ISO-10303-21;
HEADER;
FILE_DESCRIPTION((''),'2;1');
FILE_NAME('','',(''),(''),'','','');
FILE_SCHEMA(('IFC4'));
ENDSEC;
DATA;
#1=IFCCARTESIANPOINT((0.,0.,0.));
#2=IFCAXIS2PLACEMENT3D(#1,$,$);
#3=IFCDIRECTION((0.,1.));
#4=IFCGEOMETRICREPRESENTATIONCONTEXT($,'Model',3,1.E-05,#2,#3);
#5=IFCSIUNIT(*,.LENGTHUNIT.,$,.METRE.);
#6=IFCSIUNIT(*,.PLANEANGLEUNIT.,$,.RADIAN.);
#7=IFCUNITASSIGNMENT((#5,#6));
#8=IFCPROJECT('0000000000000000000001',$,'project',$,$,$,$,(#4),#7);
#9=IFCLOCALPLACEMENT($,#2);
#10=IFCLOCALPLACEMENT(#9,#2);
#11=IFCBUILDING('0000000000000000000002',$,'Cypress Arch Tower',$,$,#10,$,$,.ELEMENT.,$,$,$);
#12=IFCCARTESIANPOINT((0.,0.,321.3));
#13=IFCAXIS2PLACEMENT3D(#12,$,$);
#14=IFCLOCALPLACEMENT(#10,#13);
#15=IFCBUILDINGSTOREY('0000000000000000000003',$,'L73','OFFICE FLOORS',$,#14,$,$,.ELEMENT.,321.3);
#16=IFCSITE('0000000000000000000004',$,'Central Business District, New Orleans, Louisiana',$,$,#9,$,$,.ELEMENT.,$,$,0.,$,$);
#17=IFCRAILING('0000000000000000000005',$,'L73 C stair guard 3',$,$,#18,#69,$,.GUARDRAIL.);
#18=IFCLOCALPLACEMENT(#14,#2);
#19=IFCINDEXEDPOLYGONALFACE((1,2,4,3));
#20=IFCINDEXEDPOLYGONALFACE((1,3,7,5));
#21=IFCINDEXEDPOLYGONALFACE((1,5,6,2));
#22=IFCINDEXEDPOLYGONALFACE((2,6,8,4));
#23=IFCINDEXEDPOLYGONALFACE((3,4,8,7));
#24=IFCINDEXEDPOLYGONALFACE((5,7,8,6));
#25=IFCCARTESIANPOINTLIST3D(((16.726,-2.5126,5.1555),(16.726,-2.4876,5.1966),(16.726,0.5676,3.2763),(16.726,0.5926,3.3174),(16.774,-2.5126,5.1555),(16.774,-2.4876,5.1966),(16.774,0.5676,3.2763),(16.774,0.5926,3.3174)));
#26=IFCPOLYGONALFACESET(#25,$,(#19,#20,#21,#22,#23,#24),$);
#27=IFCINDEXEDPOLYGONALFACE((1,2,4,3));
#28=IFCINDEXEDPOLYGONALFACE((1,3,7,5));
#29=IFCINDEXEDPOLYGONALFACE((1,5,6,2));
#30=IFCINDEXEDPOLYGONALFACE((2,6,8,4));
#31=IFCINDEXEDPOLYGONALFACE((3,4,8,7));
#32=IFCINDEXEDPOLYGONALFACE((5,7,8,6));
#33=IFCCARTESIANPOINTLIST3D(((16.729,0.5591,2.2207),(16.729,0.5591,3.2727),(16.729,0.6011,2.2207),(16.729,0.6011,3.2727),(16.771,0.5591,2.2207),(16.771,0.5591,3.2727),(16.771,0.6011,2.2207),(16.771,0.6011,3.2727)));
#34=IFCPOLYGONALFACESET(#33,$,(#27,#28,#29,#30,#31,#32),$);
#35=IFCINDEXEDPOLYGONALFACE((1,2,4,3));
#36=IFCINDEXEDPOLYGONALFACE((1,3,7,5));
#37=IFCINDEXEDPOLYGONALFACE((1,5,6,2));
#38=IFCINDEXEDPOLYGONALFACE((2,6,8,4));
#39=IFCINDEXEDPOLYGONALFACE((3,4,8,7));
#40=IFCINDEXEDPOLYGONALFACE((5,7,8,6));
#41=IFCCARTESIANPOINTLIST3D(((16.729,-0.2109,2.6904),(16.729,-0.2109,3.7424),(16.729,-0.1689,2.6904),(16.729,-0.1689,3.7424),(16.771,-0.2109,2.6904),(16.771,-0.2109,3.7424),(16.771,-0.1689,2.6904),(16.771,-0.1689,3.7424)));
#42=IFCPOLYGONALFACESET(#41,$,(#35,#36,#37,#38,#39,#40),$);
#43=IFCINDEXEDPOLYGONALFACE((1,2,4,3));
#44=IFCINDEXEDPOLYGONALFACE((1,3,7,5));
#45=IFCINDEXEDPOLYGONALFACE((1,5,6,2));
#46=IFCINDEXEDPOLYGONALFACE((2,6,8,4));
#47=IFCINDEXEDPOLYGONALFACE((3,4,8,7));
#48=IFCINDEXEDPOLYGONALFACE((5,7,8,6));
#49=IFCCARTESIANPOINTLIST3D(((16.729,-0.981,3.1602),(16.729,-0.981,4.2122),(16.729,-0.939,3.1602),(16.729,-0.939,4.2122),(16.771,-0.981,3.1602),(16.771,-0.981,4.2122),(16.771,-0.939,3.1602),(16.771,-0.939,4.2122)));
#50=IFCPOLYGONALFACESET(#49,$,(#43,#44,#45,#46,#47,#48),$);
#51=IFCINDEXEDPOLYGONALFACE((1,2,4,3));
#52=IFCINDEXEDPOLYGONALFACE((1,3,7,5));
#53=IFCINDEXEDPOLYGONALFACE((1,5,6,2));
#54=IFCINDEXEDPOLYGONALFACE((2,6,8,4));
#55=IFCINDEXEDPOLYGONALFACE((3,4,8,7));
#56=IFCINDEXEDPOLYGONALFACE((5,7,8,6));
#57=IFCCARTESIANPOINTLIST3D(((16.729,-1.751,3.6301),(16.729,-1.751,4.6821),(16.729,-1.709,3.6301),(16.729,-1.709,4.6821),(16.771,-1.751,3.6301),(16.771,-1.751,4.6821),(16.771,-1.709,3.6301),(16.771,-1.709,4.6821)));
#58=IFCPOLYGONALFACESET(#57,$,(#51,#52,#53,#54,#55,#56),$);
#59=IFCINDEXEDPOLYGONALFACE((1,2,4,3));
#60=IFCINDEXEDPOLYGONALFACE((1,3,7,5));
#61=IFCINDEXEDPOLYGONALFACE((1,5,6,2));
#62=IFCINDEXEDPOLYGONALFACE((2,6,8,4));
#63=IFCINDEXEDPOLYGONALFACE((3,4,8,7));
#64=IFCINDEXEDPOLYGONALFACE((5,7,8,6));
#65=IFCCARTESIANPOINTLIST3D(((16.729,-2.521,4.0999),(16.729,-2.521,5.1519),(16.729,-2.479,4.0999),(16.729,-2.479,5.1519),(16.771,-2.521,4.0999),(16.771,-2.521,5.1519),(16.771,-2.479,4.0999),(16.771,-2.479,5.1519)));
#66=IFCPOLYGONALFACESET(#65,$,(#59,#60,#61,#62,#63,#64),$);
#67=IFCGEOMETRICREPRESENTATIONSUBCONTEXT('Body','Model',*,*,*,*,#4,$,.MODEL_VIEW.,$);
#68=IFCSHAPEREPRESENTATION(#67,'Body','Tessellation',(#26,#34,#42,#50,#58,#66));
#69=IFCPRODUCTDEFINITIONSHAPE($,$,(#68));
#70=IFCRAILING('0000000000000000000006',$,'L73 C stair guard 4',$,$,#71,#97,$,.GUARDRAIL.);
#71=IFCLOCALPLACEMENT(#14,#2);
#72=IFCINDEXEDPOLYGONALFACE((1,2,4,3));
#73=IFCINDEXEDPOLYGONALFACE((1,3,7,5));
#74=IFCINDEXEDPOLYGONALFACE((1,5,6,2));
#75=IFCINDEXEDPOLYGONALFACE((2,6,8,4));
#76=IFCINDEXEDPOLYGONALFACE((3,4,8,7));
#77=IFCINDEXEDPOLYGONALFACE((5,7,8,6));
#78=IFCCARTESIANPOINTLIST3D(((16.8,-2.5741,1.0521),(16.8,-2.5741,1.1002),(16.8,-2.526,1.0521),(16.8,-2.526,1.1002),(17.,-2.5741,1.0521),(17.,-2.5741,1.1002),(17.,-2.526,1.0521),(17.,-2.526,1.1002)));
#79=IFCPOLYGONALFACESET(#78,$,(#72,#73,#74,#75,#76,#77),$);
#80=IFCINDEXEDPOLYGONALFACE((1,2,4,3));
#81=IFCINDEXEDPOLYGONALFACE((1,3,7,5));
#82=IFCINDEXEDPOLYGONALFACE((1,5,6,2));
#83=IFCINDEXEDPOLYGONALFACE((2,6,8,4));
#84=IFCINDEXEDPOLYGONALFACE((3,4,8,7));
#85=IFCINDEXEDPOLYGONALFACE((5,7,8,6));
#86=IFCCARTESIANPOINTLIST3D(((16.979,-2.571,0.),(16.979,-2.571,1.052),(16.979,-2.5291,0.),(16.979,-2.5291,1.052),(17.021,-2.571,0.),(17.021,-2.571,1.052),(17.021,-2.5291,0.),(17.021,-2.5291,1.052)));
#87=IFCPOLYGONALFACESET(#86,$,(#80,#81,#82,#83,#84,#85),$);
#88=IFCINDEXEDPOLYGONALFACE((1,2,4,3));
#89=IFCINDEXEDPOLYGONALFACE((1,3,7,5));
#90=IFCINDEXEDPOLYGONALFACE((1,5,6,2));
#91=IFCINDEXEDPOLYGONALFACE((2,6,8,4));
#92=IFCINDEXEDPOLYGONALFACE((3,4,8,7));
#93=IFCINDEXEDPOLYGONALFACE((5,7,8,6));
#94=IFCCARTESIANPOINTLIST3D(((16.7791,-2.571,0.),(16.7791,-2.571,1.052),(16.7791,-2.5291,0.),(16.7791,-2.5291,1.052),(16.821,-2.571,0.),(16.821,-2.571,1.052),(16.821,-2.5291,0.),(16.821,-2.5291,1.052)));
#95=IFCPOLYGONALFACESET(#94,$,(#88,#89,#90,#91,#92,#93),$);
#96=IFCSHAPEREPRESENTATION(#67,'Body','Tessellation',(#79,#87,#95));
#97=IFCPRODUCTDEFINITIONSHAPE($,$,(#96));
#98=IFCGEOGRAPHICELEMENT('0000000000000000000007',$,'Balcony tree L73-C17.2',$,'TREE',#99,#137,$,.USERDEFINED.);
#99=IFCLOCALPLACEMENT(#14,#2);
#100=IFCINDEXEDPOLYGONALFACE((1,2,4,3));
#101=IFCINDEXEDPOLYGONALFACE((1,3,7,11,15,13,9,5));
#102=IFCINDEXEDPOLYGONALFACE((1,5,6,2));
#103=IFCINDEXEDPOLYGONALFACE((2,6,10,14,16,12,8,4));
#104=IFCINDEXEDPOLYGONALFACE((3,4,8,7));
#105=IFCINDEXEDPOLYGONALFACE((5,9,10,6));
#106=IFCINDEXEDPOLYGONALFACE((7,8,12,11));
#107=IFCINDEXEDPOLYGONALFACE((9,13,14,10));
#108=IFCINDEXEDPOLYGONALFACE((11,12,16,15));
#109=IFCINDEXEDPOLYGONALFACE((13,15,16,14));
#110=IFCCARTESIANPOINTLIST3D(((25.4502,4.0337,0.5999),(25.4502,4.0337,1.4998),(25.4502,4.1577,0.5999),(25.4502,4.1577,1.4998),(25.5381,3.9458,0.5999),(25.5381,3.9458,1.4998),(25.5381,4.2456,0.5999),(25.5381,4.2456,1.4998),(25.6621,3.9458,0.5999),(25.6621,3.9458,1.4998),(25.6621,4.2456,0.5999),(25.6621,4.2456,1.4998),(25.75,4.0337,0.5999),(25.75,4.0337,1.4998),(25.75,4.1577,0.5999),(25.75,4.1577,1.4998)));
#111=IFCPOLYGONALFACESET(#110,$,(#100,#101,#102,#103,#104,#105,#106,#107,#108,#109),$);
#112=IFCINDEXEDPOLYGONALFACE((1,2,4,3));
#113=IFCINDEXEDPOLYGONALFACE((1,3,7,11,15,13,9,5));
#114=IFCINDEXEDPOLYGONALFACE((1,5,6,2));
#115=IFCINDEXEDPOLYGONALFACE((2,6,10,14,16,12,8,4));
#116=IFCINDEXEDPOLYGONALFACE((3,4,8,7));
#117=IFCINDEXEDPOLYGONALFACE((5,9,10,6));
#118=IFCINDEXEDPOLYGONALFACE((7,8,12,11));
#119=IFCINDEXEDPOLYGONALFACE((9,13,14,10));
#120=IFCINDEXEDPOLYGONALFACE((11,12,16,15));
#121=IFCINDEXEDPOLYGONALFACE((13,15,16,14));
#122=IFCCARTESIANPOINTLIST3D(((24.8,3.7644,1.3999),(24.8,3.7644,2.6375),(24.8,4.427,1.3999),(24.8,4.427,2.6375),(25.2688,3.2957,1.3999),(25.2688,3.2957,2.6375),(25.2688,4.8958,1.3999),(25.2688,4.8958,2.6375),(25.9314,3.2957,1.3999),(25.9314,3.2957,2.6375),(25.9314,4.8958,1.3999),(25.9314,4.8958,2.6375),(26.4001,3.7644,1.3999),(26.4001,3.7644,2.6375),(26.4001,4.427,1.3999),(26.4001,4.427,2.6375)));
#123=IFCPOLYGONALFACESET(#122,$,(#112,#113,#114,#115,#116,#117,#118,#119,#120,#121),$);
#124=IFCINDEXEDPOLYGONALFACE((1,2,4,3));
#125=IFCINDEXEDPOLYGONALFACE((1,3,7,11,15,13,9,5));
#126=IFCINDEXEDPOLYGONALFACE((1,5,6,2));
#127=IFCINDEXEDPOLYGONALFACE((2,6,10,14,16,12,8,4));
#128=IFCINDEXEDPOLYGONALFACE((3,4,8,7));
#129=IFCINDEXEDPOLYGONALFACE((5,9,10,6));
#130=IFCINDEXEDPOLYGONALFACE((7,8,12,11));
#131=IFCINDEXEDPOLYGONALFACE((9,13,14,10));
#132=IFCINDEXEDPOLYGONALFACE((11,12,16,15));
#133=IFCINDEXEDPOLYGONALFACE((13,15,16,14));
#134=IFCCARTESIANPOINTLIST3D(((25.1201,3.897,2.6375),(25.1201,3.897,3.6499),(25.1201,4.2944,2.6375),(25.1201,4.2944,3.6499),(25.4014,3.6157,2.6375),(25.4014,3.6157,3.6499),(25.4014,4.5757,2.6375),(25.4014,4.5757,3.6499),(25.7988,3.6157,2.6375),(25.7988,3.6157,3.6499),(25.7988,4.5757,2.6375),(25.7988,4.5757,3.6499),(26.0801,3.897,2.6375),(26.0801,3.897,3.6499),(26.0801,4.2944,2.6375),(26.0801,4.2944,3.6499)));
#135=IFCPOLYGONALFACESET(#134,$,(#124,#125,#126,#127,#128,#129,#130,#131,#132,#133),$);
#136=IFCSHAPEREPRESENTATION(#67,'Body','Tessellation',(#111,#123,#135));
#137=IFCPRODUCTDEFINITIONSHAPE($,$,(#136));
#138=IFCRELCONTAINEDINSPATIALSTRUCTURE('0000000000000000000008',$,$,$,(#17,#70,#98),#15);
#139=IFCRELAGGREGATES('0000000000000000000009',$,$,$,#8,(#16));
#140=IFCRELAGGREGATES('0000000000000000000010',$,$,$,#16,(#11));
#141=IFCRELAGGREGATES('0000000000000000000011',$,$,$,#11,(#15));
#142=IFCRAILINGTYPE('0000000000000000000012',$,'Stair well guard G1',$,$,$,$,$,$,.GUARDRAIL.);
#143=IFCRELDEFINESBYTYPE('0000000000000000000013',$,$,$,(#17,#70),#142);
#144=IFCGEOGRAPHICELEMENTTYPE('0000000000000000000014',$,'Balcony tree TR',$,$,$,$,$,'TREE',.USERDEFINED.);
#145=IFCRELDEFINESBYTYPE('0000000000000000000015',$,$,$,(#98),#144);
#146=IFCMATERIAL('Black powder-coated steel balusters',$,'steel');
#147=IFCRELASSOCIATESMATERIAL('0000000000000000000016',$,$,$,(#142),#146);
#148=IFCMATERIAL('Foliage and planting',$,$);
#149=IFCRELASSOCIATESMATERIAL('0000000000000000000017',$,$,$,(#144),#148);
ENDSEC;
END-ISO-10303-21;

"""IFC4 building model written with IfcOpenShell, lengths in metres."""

from ifc_helpers import new_model, si_unit, direction, frame, origin, origin_2d, place, context, subcontext, project, spatial, polyline, rectangle, outline, extrude, material, type_object, element, save


model = new_model("IFC4")

# Units and contexts
model_context = context("Model", 3, precision=1e-05, world=origin(), true_north=direction((0.0, 1.0)))
body_context = subcontext(model_context, "Body", "Model", "MODEL_VIEW")
ifc_project = project(units=[si_unit("LENGTHUNIT", "METRE"), si_unit("PLANEANGLEUNIT", "RADIAN")], contexts=[model_context])

# Site, building, storey
site_placement = place(None, origin())
site = spatial("IfcSite", under=ifc_project, at=site_placement, Name="Central Business District, New Orleans, Louisiana", CompositionType="ELEMENT", RefElevation=0.0)
building_placement = place(site_placement, origin())
building = spatial("IfcBuilding", under=site, at=building_placement, Name="Cypress Arch Tower", CompositionType="ELEMENT")
storey_placement = place(building_placement, frame((0.0, 0.0, 321.3)))
storey = spatial("IfcBuildingStorey", under=building, at=storey_placement, Name="L73", Description="OFFICE FLOORS", CompositionType="ELEMENT", Elevation=321.3)

# Railings
ifc_material_1 = material(Name="Black powder-coated steel balusters", Category="steel")
railing_type_1 = type_object("IfcRailingType", Name="Stair well guard G1", PredefinedType="GUARDRAIL", material=ifc_material_1)
railing_1_placement = place(storey_placement, frame((16.75, 0.5801, 2.2207)))
element("IfcRailing", 1, at=railing_1_placement, inside=storey, type_object=railing_type_1, Name="L73 C stair guard 3", PredefinedType="GUARDRAIL", context=body_context, shape_type="SweptSolid", body=[
    extrude(rectangle(XDim=0.0481, YDim=0.0481, at=origin_2d()), frame((0.0, 0.0, 1.0762), z_axis=(0.0, -0.853666, 0.52082), x_axis=(1.0, 0.0, 0.0)), (0.0, 0.0, 1.0), 3.6082),
    extrude(rectangle(XDim=0.042, YDim=0.042, at=origin_2d()), origin(), (0.0, 0.0, 1.0), 1.052),
    extrude(rectangle(XDim=0.042, YDim=0.042, at=origin_2d()), frame((0.0, -0.77, 0.4697)), (0.0, 0.0, 1.0), 1.052),
    extrude(rectangle(XDim=0.042, YDim=0.042, at=origin_2d()), frame((0.0, -1.54, 0.9395)), (0.0, 0.0, 1.0), 1.052),
    extrude(rectangle(XDim=0.042, YDim=0.042, at=origin_2d()), frame((0.0, -2.3101, 1.4094)), (0.0, 0.0, 1.0), 1.052),
    extrude(rectangle(XDim=0.042, YDim=0.042, at=origin_2d()), frame((0.0, -3.0801, 1.8792)), (0.0, 0.0, 1.0), 1.052),
])
railing_2_placement = place(storey_placement, frame((17.0, -2.55, 0.0)))
element("IfcRailing", 2, at=railing_2_placement, inside=storey, type_object=railing_type_1, Name="L73 C stair guard 4", PredefinedType="GUARDRAIL", context=body_context, shape_type="SweptSolid", body=[
    extrude(rectangle(XDim=0.0481, YDim=0.0481, at=origin_2d()), frame((0.0, 0.0, 1.0762), z_axis=(-1.0, 0.0, 0.0), x_axis=(0.0, -1.0, 0.0)), (0.0, 0.0, 1.0), 0.2),
    extrude(rectangle(XDim=0.042, YDim=0.042, at=origin_2d()), origin(), (0.0, 0.0, 1.0), 1.052),
    extrude(rectangle(XDim=0.042, YDim=0.042, at=origin_2d()), frame((-0.2, 0.0, 0.0)), (0.0, 0.0, 1.0), 1.052),
])

# Geographic element
ifc_material_2 = material(Name="Foliage and planting")
geographic_element_type = type_object("IfcGeographicElementType", Name="Balcony tree TR", ElementType="TREE", PredefinedType="USERDEFINED", material=ifc_material_2)
geographic_element_placement = place(storey_placement, frame((25.6001, 4.0957, 0.5999), z_axis=(0.0, 0.0, 1.0), x_axis=(1.0, 0.0, 0.0)))
element("IfcGeographicElement", 3, at=geographic_element_placement, inside=storey, type_object=geographic_element_type, Name="Balcony tree L73-C17.2", ObjectType="TREE", PredefinedType="USERDEFINED", context=body_context, shape_type="SweptSolid", body=[
    extrude(outline(polyline([(0.1499, 0.062), (0.062, 0.1499), (-0.062, 0.1499), (-0.1499, 0.062), (-0.1499, -0.062), (-0.062, -0.1499), (0.062, -0.1499), (0.1499, -0.062), (0.1499, 0.062)])), origin(), (0.0, 0.0, 1.0), 0.8999),
    extrude(outline(polyline([(0.8, 0.3313), (0.3313, 0.8), (-0.3313, 0.8), (-0.8, 0.3313), (-0.8, -0.3313), (-0.3313, -0.8), (0.3313, -0.8), (0.8, -0.3313), (0.8, 0.3313)])), frame((0.0, 0.0, 0.8)), (0.0, 0.0, 1.0), 1.2375),
    extrude(outline(polyline([(0.48, 0.1987), (0.1987, 0.48), (-0.1987, 0.48), (-0.48, 0.1987), (-0.48, -0.1987), (-0.1987, -0.48), (0.1987, -0.48), (0.48, -0.1987), (0.48, 0.1987)])), frame((0.0, 0.0, 2.0376)), (0.0, 0.0, 1.0), 1.0125),
])

save(model, "model.ifc")
